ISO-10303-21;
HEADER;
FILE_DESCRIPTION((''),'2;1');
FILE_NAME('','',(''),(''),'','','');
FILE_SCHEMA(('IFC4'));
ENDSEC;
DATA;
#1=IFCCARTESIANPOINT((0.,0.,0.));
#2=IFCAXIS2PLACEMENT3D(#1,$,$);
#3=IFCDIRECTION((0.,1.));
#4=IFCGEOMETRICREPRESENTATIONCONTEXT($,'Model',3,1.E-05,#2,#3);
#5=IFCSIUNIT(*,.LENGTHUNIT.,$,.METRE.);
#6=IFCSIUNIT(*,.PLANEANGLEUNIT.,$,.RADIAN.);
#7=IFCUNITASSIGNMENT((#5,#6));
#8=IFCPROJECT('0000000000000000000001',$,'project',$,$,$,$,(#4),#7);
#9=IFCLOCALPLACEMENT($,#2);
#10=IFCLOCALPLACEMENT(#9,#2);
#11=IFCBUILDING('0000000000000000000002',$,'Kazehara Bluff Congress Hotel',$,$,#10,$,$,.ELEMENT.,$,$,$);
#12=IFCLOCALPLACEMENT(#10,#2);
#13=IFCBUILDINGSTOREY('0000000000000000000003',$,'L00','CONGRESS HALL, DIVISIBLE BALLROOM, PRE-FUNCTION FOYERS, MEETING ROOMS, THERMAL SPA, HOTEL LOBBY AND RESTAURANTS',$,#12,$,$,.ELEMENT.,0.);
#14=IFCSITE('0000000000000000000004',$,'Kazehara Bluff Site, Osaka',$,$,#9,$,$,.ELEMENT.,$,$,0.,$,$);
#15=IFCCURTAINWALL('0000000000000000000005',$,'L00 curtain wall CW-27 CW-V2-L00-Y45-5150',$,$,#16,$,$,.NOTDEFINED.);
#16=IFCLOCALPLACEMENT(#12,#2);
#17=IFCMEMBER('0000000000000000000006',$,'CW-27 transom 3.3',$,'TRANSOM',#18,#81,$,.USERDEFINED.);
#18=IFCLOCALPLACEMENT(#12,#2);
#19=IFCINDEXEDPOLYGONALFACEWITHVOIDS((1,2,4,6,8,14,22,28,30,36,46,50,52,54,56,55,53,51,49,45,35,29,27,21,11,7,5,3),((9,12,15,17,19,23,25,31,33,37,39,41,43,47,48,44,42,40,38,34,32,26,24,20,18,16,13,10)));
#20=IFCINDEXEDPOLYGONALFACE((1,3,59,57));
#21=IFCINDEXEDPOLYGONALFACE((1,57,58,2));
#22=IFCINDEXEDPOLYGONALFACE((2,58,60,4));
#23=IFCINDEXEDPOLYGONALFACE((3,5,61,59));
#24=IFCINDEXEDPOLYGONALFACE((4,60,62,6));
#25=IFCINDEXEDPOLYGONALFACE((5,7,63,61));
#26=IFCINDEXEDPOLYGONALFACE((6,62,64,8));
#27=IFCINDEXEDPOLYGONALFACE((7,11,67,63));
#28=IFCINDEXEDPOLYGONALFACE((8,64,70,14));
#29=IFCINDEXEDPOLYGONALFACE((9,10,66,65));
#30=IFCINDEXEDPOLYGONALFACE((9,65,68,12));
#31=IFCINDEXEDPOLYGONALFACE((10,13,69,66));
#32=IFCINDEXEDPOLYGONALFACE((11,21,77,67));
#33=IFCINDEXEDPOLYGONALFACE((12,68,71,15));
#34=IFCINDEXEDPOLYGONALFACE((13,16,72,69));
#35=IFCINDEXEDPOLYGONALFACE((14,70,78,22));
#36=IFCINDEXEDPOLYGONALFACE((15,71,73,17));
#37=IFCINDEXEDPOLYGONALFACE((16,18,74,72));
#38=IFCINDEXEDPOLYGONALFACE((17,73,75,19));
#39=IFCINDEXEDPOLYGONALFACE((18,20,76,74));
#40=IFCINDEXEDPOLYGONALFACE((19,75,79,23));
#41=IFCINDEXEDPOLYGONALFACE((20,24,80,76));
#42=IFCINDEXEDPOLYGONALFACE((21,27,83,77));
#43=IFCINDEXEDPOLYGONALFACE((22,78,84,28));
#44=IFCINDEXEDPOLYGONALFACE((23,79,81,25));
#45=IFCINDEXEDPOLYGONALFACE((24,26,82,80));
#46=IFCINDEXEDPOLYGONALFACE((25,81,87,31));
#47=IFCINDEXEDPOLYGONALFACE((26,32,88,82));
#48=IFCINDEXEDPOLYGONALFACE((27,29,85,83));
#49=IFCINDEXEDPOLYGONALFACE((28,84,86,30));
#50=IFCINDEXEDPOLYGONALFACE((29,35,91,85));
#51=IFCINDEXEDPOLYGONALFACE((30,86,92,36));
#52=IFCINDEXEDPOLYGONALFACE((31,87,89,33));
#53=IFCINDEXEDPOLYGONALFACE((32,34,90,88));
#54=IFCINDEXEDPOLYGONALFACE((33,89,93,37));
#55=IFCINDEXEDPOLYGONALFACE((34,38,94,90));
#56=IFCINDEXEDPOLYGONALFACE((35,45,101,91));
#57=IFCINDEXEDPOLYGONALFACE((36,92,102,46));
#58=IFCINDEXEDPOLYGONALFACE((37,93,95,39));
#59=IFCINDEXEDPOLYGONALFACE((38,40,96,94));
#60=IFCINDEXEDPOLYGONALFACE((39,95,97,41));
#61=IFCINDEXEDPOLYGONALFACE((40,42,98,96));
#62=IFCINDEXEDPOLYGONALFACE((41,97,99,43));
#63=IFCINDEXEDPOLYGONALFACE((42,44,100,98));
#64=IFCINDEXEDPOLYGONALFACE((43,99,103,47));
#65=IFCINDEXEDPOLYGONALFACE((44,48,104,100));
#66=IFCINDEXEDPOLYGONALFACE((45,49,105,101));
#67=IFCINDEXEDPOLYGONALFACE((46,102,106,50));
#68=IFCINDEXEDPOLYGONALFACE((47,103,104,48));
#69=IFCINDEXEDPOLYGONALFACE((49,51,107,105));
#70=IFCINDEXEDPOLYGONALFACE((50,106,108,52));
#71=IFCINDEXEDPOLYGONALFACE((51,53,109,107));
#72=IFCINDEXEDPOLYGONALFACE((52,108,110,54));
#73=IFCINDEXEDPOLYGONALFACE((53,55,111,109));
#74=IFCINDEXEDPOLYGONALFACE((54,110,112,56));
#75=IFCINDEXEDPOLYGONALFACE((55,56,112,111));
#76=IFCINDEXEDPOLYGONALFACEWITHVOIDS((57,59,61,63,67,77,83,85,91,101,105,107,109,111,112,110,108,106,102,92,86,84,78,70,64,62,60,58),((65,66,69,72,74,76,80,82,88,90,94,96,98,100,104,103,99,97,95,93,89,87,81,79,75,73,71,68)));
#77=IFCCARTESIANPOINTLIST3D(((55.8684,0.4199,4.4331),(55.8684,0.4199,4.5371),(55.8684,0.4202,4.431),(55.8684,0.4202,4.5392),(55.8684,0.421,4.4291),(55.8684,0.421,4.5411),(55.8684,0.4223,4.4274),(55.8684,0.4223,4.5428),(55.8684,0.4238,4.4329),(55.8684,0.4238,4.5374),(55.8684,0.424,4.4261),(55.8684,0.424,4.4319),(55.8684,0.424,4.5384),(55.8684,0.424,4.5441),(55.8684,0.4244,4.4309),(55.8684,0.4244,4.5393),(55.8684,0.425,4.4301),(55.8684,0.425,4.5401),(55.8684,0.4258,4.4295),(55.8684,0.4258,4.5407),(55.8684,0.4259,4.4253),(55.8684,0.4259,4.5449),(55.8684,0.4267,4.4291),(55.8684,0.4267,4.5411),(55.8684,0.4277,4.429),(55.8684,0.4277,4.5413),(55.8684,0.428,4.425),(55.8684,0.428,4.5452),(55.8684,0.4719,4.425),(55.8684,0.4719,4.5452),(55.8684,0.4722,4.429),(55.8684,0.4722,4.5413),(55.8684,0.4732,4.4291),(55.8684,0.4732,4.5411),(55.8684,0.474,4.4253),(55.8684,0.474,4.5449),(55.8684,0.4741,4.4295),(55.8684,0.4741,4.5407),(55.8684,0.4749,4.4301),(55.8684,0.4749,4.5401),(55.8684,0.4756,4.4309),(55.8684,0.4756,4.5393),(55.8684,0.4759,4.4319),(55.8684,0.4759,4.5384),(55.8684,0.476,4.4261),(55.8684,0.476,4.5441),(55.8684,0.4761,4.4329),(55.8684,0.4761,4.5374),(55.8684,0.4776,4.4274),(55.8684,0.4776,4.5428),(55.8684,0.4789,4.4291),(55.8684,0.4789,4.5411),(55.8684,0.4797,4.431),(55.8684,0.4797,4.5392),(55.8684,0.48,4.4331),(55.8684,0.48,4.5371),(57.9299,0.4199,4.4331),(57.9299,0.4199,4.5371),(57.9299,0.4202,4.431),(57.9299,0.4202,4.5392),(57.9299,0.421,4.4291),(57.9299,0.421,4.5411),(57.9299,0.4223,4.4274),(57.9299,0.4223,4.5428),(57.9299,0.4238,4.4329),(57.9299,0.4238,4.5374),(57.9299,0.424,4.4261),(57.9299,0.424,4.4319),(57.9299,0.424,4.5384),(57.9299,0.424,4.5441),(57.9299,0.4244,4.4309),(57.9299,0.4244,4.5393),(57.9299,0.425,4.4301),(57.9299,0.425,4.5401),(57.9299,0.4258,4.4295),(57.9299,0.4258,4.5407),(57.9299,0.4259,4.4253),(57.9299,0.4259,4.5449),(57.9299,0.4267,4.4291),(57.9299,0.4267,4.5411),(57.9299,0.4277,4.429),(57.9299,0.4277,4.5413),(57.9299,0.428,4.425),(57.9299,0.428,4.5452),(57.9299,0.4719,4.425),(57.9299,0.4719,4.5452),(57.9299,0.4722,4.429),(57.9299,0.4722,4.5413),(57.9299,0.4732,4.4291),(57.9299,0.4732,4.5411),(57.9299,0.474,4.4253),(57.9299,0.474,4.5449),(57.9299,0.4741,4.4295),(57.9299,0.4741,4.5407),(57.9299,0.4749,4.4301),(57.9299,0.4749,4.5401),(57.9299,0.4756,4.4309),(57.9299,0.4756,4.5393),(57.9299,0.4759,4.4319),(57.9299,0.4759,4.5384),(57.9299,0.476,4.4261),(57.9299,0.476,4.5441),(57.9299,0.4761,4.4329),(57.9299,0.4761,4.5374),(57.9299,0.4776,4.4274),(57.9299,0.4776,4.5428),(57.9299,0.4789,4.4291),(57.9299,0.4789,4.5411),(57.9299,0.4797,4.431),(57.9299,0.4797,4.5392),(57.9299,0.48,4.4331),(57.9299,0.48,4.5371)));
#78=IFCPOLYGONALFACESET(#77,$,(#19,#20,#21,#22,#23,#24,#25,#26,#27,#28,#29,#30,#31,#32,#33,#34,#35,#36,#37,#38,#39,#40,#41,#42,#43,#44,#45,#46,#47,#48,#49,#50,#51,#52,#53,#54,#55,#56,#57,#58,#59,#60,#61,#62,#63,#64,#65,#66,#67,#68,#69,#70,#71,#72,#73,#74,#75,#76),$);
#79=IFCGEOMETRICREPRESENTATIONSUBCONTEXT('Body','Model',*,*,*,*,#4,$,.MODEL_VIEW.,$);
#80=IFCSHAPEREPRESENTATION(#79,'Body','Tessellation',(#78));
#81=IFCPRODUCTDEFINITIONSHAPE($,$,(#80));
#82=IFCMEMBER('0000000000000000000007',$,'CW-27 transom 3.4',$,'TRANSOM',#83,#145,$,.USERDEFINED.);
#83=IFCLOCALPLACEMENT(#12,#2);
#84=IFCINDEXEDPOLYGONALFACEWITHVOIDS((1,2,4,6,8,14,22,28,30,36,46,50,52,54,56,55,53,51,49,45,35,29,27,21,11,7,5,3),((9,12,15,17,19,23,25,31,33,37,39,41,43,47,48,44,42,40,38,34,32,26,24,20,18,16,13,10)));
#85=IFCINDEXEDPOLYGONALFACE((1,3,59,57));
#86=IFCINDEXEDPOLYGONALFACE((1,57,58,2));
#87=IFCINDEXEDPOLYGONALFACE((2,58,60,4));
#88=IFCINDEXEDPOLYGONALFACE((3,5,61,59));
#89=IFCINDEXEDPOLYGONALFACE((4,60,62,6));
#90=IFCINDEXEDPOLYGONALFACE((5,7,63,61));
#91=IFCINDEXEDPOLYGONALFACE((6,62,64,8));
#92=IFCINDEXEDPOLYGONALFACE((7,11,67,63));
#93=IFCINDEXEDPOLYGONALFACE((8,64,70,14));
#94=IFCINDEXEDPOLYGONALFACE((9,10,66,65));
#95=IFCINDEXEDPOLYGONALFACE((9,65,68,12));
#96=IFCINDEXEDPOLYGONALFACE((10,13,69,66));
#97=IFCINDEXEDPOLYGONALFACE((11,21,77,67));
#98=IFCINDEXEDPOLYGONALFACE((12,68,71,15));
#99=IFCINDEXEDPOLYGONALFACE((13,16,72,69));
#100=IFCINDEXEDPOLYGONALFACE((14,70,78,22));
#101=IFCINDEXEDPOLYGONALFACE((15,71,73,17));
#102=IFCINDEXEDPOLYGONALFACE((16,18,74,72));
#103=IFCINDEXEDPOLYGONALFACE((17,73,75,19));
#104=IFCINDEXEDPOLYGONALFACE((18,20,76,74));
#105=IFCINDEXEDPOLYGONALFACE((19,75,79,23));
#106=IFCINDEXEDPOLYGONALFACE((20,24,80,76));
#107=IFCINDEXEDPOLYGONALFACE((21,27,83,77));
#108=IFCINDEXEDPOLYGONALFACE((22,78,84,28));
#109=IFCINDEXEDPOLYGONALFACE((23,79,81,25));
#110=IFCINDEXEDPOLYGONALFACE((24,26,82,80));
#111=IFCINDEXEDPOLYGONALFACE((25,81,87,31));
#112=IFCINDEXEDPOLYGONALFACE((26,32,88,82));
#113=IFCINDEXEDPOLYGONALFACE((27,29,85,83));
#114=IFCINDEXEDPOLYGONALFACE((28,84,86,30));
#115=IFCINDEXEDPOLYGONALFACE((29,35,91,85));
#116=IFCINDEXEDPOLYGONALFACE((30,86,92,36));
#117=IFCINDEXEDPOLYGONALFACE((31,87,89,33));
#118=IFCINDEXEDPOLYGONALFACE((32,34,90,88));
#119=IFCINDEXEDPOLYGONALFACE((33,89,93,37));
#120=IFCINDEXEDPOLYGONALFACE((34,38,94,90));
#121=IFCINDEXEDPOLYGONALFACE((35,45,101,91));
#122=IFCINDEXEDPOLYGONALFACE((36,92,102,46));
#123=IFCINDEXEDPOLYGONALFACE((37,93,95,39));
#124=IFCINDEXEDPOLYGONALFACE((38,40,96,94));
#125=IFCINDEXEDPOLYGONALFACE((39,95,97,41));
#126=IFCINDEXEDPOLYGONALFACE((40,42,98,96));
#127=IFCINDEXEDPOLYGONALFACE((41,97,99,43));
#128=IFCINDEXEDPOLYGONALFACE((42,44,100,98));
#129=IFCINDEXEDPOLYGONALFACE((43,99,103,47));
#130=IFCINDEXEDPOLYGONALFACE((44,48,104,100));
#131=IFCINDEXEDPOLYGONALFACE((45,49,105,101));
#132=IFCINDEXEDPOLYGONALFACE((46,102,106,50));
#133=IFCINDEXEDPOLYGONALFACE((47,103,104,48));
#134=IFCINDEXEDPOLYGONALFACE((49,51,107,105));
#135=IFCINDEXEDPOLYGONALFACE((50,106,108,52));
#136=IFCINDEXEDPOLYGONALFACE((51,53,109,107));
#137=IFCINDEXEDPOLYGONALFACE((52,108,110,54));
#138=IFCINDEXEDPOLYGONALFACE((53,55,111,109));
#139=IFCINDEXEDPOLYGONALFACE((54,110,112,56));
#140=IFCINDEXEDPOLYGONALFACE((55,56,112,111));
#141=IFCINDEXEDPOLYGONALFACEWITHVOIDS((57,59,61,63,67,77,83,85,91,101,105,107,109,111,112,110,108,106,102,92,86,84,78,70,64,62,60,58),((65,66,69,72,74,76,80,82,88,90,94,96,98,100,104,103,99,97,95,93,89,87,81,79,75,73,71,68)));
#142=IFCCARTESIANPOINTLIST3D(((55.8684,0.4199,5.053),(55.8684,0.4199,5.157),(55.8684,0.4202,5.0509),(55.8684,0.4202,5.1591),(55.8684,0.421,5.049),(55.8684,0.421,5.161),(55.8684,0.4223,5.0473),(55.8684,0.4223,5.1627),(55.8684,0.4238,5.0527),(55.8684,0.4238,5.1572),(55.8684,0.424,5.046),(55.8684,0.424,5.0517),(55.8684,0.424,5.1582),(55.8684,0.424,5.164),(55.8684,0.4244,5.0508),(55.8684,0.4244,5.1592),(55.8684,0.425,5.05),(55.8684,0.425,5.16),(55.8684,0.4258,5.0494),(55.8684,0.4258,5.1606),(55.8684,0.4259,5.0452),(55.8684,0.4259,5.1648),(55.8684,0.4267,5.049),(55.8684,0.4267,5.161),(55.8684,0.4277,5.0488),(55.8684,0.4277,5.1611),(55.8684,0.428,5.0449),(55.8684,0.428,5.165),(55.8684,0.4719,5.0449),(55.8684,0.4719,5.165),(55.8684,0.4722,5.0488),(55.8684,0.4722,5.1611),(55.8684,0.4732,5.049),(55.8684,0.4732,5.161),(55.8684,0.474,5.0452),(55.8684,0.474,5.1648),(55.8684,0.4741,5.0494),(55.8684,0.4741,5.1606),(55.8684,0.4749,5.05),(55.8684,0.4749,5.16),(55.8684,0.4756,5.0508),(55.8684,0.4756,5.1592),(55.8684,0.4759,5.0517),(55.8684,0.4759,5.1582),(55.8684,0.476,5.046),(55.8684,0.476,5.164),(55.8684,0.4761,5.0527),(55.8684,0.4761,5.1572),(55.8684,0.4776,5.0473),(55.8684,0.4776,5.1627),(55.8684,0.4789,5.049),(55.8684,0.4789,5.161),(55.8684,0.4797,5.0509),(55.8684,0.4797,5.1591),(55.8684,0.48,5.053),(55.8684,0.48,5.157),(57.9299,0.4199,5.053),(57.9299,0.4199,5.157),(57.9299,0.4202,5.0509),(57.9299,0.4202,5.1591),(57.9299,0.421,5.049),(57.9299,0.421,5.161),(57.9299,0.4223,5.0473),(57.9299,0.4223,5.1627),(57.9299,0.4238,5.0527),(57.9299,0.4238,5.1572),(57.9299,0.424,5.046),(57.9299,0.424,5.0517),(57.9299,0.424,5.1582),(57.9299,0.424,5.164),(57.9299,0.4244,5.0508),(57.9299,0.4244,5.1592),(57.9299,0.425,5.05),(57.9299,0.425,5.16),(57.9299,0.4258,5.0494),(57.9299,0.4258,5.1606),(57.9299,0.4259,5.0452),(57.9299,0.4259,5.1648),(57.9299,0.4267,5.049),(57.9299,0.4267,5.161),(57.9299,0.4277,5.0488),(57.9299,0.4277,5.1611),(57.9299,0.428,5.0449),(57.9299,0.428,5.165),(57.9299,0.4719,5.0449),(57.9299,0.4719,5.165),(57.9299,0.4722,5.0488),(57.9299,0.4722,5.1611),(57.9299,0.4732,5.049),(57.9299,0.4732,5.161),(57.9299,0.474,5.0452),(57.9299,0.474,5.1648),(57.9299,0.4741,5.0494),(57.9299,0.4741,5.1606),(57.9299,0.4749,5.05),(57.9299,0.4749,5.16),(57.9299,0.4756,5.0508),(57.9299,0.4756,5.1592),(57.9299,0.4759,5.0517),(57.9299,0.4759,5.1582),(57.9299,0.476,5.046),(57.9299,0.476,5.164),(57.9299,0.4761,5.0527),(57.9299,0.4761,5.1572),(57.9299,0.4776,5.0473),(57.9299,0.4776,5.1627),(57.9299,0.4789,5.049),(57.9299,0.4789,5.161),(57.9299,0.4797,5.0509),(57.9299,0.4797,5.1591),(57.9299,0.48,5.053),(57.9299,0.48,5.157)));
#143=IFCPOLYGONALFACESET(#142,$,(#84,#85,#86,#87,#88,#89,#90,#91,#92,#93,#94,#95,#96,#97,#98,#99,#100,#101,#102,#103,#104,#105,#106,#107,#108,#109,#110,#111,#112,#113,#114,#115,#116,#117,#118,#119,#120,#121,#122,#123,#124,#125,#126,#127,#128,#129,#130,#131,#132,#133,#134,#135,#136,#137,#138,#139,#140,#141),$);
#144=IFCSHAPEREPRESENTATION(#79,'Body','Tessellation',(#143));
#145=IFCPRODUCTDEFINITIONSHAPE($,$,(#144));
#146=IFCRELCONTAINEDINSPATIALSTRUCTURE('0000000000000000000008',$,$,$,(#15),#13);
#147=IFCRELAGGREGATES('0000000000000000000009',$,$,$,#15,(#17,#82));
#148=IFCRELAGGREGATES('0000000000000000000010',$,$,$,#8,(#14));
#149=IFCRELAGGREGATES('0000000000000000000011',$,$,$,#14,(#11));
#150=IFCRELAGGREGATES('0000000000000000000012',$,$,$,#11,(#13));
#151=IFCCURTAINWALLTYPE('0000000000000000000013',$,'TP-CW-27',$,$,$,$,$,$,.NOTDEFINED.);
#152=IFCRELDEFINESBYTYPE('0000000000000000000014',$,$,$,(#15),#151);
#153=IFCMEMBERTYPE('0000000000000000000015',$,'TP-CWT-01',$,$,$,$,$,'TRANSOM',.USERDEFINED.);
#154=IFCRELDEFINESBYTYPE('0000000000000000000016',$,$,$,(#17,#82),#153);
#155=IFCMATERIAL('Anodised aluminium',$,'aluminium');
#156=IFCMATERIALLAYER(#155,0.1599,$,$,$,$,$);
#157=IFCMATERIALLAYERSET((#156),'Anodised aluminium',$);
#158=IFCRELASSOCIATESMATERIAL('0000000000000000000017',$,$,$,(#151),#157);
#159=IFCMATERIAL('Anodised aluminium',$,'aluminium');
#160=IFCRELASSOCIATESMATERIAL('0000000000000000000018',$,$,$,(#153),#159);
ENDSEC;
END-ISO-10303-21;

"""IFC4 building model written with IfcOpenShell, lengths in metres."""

from ifc_helpers import new_model, si_unit, direction, frame, origin, origin_2d, place, context, subcontext, project, spatial, hollow_rectangle, extrude, material, layer, layer_set, material_profile, profile_set, type_object, element, aggregate, save


model = new_model("IFC4")

# Units and contexts
model_context = context("Model", 3, precision=1e-05, world=origin(), true_north=direction((0.0, 1.0)))
body_context = subcontext(model_context, "Body", "Model", "MODEL_VIEW")
ifc_project = project(units=[si_unit("LENGTHUNIT", "METRE"), si_unit("PLANEANGLEUNIT", "RADIAN")], contexts=[model_context])

# Site, building, storey
site_placement = place(None, origin())
site = spatial("IfcSite", under=ifc_project, at=site_placement, Name="Kazehara Bluff Site, Osaka", CompositionType="ELEMENT", RefElevation=0.0)
building_placement = place(site_placement, origin())
building = spatial("IfcBuilding", under=site, at=building_placement, Name="Kazehara Bluff Congress Hotel", CompositionType="ELEMENT")
storey_placement = place(building_placement, origin())
storey = spatial("IfcBuildingStorey", under=building, at=storey_placement, Name="L00", Description="CONGRESS HALL, DIVISIBLE BALLROOM, PRE-FUNCTION FOYERS, MEETING ROOMS, THERMAL SPA, HOTEL LOBBY AND RESTAURANTS", CompositionType="ELEMENT", Elevation=0.0)

# Curtain wall
ifc_material_1 = material(Name="Anodised aluminium", Category="aluminium")
ifc_layer_1 = layer(ifc_material_1, 0.1599)
ifc_layer_set_1 = layer_set([ifc_layer_1], Name="Anodised aluminium")
curtain_wall_type_1 = type_object("IfcCurtainWallType", Name="TP-CW-27", PredefinedType="NOTDEFINED", material=ifc_layer_set_1)
curtain_wall_1_placement = place(storey_placement, origin())
curtain_wall_1 = element("IfcCurtainWall", 1, at=curtain_wall_1_placement, inside=storey, type_object=curtain_wall_type_1, Name="L00 curtain wall CW-27 CW-V2-L00-Y45-5150", PredefinedType="NOTDEFINED")

# Members
ifc_material_2 = material(Name="Anodised aluminium", Category="aluminium")
ifc_material_profile_1 = material_profile(ifc_material_2, hollow_rectangle(XDim=0.0601, YDim=0.1201, WallThickness=0.0039, InnerFilletRadius=0.0039, OuterFilletRadius=0.0081, at=origin_2d()))
ifc_profile_set_1 = profile_set([ifc_material_profile_1], Name="Anodised aluminium")
member_type_1 = type_object("IfcMemberType", Name="TP-CWT-01", ElementType="TRANSOM", PredefinedType="USERDEFINED", material=ifc_profile_set_1)
member_1_placement = place(storey_placement, frame((55.8684, 0.45, 4.4851), z_axis=(1.0, 0.0, 0.0), x_axis=(0.0, 1.0, 0.0)))
member_1 = element("IfcMember", 2, at=member_1_placement, type_object=member_type_1, Name="CW-27 transom 3.3", ObjectType="TRANSOM", PredefinedType="USERDEFINED", context=body_context, shape_type="SweptSolid", body=[
    extrude(hollow_rectangle(XDim=0.0601, YDim=0.1201, WallThickness=0.0039, InnerFilletRadius=0.0039, OuterFilletRadius=0.0081, at=origin_2d()), origin(), (0.0, 0.0, 1.0), 2.0615),
])
member_2_placement = place(storey_placement, frame((55.8684, 0.45, 5.105), z_axis=(1.0, 0.0, 0.0), x_axis=(0.0, 1.0, 0.0)))
member_2 = element("IfcMember", 3, at=member_2_placement, type_object=member_type_1, Name="CW-27 transom 3.4", ObjectType="TRANSOM", PredefinedType="USERDEFINED", context=body_context, shape_type="SweptSolid", body=[
    extrude(hollow_rectangle(XDim=0.0601, YDim=0.1201, WallThickness=0.0039, InnerFilletRadius=0.0039, OuterFilletRadius=0.0081, at=origin_2d()), origin(), (0.0, 0.0, 1.0), 2.0615),
])

aggregate(curtain_wall_1, [member_1, member_2])

save(model, "model.ifc")
